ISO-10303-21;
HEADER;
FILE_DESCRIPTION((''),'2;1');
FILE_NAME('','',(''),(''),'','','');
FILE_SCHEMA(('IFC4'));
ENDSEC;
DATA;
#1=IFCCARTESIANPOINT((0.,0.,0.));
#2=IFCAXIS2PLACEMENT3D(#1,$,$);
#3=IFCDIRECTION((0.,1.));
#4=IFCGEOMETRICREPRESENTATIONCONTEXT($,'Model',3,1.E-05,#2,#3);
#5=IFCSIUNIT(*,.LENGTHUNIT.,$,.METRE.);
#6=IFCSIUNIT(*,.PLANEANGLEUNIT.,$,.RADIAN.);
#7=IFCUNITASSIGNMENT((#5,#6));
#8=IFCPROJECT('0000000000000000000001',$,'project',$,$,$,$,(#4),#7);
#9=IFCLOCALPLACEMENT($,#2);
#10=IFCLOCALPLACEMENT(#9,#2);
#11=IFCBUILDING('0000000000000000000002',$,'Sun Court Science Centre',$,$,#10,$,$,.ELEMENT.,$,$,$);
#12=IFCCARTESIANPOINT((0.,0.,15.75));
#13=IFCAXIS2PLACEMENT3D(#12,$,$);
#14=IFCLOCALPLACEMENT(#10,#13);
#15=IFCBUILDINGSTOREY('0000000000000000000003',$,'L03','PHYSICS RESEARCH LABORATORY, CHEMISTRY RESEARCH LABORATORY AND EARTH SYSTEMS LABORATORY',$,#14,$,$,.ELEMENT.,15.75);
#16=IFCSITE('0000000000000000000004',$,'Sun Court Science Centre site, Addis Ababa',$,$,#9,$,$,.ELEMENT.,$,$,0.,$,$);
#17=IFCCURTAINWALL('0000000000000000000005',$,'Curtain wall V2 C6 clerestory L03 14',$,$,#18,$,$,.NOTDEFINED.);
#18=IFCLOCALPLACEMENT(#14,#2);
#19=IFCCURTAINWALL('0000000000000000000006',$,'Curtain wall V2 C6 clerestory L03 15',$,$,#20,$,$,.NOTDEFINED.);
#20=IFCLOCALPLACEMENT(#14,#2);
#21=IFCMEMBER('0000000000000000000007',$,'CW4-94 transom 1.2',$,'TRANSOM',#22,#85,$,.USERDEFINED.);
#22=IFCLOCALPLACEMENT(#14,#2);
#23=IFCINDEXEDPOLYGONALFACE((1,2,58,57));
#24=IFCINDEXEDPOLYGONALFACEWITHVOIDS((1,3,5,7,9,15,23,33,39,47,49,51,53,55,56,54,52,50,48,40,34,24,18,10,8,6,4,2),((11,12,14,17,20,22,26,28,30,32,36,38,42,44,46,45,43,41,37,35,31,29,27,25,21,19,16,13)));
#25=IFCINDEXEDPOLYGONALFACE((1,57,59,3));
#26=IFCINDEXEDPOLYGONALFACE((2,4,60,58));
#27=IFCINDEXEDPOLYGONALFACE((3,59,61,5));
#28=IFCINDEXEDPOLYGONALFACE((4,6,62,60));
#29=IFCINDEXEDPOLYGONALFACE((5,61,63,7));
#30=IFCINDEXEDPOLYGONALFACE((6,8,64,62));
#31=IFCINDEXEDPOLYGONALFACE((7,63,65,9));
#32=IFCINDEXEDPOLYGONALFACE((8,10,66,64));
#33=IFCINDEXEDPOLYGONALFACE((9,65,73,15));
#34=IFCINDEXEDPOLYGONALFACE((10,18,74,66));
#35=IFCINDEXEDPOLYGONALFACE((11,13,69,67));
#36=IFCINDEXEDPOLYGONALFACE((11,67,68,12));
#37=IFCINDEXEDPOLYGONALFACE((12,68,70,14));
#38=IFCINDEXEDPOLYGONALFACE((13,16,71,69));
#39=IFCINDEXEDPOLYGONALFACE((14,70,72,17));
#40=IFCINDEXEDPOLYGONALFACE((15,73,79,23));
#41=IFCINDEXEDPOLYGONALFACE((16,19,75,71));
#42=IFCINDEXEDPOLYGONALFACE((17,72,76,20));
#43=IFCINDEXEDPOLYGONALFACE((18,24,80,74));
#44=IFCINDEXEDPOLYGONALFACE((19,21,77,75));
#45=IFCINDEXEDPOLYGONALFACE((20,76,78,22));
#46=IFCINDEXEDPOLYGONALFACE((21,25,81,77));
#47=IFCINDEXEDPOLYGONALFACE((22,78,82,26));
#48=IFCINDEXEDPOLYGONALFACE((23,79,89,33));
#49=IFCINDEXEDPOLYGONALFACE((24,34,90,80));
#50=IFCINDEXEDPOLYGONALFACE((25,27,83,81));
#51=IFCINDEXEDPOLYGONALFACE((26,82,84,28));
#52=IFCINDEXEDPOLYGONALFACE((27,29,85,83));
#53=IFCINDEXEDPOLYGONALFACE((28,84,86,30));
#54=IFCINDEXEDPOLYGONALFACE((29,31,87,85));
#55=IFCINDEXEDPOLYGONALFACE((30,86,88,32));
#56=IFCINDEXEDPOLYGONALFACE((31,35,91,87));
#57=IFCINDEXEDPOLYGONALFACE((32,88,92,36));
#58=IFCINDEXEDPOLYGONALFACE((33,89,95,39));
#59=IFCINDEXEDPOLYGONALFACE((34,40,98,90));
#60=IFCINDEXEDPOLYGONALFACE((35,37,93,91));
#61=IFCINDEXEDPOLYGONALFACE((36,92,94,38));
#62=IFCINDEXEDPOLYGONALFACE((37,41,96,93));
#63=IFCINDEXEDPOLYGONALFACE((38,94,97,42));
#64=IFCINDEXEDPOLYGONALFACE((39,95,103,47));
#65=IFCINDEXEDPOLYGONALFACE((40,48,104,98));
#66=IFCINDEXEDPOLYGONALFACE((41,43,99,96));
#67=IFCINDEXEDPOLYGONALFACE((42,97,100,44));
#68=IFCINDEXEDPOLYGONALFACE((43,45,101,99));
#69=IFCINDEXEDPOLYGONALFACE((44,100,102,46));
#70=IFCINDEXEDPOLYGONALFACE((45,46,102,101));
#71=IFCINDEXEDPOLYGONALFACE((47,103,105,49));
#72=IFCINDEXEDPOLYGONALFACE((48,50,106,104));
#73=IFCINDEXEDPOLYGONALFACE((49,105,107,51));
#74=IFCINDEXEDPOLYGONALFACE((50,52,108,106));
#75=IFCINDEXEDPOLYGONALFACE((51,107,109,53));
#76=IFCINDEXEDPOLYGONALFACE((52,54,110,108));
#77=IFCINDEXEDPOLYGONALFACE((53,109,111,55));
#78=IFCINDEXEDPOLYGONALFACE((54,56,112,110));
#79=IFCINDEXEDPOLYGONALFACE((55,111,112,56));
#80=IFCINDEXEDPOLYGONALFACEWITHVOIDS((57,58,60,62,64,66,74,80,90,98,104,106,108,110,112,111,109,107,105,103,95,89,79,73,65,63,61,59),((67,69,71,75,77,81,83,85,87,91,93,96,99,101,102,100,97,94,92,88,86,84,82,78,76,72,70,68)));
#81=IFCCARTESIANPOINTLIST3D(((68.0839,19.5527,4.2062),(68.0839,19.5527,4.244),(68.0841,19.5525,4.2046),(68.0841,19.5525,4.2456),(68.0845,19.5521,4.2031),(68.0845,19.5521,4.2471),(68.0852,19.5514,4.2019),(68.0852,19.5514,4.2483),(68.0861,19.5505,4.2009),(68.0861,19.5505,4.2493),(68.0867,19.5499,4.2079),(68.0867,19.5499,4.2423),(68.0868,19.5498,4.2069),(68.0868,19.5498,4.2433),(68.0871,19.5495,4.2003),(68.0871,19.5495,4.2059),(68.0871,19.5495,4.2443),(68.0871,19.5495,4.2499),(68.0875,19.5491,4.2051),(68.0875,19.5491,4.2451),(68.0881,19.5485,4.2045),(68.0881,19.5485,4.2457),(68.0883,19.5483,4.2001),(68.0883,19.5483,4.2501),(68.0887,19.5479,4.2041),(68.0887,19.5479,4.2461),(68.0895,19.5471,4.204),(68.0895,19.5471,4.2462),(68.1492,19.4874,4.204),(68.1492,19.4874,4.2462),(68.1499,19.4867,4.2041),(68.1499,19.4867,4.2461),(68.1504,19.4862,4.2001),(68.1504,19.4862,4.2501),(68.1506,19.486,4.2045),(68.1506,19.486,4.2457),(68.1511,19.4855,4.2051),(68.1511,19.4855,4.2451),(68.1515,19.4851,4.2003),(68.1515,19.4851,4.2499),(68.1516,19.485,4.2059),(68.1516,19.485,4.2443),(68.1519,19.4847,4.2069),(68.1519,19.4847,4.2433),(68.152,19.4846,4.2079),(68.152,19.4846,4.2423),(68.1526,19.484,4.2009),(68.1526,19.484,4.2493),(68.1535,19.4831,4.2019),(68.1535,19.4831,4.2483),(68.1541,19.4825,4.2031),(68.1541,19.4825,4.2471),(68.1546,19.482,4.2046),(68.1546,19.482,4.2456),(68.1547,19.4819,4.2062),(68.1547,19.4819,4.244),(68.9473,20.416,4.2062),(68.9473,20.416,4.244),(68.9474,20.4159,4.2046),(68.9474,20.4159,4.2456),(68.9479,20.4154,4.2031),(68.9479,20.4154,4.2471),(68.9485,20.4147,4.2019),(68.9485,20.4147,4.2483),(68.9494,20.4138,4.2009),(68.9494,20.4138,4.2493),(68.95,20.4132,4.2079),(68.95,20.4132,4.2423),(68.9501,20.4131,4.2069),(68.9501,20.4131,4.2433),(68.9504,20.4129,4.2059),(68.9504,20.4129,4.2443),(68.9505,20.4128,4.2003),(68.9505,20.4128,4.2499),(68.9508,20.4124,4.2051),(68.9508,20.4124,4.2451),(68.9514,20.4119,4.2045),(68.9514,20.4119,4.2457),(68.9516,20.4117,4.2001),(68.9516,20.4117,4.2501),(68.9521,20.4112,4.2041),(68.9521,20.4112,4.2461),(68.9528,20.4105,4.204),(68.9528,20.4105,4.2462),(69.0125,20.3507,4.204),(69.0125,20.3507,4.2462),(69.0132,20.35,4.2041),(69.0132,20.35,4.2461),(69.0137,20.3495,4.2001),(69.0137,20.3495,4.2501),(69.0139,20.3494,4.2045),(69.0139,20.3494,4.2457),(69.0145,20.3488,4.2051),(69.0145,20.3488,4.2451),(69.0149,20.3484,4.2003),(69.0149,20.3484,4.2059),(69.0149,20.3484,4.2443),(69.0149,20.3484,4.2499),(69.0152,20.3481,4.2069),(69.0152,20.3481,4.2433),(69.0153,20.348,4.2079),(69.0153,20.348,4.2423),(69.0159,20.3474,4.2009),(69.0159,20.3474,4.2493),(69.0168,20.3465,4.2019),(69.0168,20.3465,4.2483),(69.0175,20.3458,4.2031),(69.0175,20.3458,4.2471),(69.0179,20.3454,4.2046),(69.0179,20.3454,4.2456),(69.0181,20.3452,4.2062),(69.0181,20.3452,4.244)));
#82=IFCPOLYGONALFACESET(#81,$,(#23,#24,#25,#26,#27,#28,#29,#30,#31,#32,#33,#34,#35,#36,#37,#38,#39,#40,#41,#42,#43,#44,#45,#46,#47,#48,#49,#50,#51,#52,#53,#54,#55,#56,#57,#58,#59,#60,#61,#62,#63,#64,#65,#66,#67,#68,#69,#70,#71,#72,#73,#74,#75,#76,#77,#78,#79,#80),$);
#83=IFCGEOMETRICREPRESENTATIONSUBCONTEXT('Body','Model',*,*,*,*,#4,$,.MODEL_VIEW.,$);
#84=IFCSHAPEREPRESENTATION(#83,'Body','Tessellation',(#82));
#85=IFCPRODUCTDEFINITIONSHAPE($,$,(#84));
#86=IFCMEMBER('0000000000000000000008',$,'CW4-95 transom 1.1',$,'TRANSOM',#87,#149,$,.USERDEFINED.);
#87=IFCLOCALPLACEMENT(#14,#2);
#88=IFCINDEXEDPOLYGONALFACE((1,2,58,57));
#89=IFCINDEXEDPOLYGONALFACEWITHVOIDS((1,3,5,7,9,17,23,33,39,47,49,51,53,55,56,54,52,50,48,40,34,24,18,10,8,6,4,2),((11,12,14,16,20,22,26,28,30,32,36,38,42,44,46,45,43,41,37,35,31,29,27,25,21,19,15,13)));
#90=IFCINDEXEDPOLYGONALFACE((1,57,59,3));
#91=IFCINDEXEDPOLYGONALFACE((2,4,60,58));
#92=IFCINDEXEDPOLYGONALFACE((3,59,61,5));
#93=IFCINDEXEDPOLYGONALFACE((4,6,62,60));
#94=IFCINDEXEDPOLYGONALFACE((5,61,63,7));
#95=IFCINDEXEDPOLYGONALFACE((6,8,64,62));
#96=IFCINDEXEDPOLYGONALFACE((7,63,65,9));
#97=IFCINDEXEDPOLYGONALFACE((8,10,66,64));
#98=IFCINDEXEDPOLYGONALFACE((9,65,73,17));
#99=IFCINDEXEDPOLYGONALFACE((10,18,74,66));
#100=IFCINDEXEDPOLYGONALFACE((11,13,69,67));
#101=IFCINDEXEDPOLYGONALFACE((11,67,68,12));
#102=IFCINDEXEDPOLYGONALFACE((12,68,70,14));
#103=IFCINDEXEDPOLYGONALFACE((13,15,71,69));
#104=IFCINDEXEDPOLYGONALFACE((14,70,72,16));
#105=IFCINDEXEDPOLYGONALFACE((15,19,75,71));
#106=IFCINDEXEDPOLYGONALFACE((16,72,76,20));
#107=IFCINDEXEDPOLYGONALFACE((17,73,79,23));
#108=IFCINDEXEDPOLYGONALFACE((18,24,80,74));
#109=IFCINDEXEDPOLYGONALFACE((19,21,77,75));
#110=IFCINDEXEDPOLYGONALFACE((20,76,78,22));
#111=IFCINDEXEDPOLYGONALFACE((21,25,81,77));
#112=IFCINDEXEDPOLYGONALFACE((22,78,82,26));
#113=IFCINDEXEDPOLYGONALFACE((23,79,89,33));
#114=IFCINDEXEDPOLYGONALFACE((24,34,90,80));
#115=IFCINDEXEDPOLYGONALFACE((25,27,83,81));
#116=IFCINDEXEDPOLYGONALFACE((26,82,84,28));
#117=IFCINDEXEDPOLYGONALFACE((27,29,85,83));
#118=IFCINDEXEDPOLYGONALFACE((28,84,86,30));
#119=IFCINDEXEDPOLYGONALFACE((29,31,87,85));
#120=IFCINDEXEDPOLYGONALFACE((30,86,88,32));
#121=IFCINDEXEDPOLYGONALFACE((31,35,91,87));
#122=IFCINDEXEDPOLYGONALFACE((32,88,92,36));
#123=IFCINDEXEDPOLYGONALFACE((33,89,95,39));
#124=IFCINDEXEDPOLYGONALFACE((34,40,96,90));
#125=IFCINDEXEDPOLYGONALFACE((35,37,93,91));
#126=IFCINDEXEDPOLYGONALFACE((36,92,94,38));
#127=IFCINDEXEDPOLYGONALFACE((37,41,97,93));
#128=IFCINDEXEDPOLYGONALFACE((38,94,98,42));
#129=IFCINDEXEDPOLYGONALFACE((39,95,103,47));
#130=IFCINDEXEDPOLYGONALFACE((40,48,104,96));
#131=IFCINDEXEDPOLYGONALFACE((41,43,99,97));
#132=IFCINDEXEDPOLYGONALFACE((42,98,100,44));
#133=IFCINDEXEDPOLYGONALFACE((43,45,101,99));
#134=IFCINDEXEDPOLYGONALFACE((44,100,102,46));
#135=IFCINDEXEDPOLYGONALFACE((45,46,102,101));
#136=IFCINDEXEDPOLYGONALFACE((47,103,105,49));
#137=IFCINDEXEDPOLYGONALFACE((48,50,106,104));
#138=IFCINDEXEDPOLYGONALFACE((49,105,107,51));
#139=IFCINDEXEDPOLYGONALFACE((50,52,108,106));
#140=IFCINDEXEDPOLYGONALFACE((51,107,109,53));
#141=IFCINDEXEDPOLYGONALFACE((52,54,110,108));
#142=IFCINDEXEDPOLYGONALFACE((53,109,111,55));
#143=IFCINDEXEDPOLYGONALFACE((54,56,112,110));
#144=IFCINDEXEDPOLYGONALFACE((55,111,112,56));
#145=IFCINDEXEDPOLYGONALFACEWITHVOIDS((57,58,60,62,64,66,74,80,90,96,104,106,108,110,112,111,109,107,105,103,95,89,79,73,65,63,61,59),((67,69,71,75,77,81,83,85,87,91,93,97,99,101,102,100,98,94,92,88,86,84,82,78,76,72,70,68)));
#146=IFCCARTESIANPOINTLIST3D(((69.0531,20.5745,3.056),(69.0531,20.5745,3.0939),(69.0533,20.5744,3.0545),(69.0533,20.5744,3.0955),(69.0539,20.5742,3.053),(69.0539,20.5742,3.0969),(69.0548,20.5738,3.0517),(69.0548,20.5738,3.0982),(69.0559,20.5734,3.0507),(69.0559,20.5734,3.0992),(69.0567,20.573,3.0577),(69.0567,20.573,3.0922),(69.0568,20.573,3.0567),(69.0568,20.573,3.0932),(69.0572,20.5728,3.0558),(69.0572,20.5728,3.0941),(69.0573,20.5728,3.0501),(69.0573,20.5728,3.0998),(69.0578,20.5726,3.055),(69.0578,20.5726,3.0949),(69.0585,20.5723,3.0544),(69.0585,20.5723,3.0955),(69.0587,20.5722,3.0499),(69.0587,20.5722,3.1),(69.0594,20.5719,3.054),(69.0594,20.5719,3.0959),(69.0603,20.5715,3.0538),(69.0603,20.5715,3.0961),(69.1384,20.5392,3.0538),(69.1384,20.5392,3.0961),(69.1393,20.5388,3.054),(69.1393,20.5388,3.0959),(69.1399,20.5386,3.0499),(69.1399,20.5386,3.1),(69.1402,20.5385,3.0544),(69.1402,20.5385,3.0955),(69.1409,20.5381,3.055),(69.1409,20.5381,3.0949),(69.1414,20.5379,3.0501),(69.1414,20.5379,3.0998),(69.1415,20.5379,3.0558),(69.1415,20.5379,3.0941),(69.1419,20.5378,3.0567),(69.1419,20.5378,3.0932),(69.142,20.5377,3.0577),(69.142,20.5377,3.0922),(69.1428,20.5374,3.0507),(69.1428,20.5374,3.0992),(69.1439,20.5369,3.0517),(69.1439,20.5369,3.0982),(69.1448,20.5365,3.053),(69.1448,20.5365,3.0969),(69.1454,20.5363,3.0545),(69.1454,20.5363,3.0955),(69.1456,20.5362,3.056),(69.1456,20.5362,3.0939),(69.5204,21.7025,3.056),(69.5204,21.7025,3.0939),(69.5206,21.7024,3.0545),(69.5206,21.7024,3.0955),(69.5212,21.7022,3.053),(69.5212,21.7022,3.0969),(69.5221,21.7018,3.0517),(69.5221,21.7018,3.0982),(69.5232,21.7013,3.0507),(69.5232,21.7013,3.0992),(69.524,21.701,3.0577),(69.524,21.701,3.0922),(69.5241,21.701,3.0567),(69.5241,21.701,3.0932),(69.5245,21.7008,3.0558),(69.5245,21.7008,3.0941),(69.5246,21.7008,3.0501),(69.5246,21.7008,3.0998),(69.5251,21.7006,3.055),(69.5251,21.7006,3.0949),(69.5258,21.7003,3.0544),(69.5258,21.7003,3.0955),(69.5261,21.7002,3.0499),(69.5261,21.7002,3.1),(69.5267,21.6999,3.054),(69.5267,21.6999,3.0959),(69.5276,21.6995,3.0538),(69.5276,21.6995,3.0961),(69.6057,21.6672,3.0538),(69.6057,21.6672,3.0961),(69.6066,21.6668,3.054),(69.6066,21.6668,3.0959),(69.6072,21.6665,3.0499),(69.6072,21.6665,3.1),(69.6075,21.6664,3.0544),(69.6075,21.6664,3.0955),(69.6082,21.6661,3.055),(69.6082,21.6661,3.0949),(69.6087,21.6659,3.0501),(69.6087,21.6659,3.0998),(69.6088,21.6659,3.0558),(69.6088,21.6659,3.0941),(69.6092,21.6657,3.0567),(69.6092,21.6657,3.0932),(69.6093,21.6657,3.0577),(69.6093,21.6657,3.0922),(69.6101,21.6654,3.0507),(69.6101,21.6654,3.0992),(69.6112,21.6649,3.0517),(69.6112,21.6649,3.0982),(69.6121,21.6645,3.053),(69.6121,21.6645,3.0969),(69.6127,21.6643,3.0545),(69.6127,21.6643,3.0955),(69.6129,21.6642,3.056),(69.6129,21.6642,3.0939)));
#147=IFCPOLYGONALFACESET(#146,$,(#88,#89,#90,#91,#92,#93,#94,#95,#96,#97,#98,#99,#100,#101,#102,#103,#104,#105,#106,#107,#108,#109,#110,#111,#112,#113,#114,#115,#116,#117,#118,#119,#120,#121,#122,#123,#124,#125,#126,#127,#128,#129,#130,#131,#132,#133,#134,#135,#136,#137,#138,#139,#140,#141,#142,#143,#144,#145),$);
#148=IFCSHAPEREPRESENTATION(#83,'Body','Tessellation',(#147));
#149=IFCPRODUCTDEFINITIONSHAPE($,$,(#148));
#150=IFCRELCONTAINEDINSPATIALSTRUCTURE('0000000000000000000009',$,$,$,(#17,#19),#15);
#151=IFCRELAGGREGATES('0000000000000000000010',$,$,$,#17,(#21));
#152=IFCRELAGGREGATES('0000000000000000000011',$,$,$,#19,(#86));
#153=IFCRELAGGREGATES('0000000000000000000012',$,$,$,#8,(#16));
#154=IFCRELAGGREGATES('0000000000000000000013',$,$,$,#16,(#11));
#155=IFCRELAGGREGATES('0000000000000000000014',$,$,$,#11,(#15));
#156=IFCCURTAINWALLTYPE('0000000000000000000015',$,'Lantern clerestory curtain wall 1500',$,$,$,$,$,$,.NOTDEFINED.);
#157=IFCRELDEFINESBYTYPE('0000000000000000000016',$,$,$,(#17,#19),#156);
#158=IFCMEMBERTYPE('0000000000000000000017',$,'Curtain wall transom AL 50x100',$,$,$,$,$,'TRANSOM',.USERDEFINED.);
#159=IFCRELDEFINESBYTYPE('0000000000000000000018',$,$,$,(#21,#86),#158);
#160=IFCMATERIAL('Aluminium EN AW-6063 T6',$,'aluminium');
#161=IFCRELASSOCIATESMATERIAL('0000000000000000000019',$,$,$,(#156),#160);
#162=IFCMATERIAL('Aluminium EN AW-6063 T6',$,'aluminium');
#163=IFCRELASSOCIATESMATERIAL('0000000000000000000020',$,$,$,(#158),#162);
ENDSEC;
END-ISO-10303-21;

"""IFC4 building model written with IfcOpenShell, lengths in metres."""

from ifc_helpers import new_model, si_unit, direction, frame, origin, origin_2d, place, context, subcontext, project, spatial, hollow_rectangle, extrude, material, material_profile, profile_set, type_object, element, aggregate, save


model = new_model("IFC4")

# Units and contexts
model_context = context("Model", 3, precision=1e-05, world=origin(), true_north=direction((0.0, 1.0)))
body_context = subcontext(model_context, "Body", "Model", "MODEL_VIEW")
ifc_project = project(units=[si_unit("LENGTHUNIT", "METRE"), si_unit("PLANEANGLEUNIT", "RADIAN")], contexts=[model_context])

# Site, building, storey
site_placement = place(None, origin())
site = spatial("IfcSite", under=ifc_project, at=site_placement, Name="Sun Court Science Centre site, Addis Ababa", CompositionType="ELEMENT", RefElevation=0.0)
building_placement = place(site_placement, origin())
building = spatial("IfcBuilding", under=site, at=building_placement, Name="Sun Court Science Centre", CompositionType="ELEMENT")
storey_placement = place(building_placement, frame((0.0, 0.0, 15.75)))
storey = spatial("IfcBuildingStorey", under=building, at=storey_placement, Name="L03", Description="PHYSICS RESEARCH LABORATORY, CHEMISTRY RESEARCH LABORATORY AND EARTH SYSTEMS LABORATORY", CompositionType="ELEMENT", Elevation=15.75)

# Shared definitions
ifc_material_1 = material(Name="Aluminium EN AW-6063 T6", Category="aluminium")
curtain_wall_type_1 = type_object("IfcCurtainWallType", Name="Lantern clerestory curtain wall 1500", PredefinedType="NOTDEFINED", material=ifc_material_1)

# Curtain walls
curtain_wall_1_placement = place(storey_placement, origin())
curtain_wall_1 = element("IfcCurtainWall", 1, at=curtain_wall_1_placement, inside=storey, type_object=curtain_wall_type_1, Name="Curtain wall V2 C6 clerestory L03 14", PredefinedType="NOTDEFINED")
curtain_wall_2_placement = place(storey_placement, origin())
curtain_wall_2 = element("IfcCurtainWall", 2, at=curtain_wall_2_placement, inside=storey, type_object=curtain_wall_type_1, Name="Curtain wall V2 C6 clerestory L03 15", PredefinedType="NOTDEFINED")

# Members
ifc_material_2 = material(Name="Aluminium EN AW-6063 T6", Category="aluminium")
ifc_material_profile_1 = material_profile(ifc_material_2, hollow_rectangle(XDim=0.05, YDim=0.1001, WallThickness=0.0039, InnerFilletRadius=0.0039, OuterFilletRadius=0.0061, at=origin_2d()), Name="AL 50x100x4")
ifc_profile_set_1 = profile_set([ifc_material_profile_1], Name="Aluminium EN AW-6063 T6")
member_type_1 = type_object("IfcMemberType", Name="Curtain wall transom AL 50x100", ElementType="TRANSOM", PredefinedType="USERDEFINED", material=ifc_profile_set_1)
member_1_placement = place(storey_placement, frame((68.9827, 20.3806, 4.2251), z_axis=(-0.707107, -0.707107, 0.0), x_axis=(0.0, 0.0, 1.0)))
member_1 = element("IfcMember", 3, at=member_1_placement, type_object=member_type_1, Name="CW4-94 transom 1.2", ObjectType="TRANSOM", PredefinedType="USERDEFINED", context=body_context, shape_type="SweptSolid", body=[
    extrude(hollow_rectangle(XDim=0.05, YDim=0.1001, WallThickness=0.0039, InnerFilletRadius=0.0039, OuterFilletRadius=0.0061, at=origin_2d()), origin(), (0.0, 0.0, 1.0), 1.2209),
])
member_2_placement = place(storey_placement, frame((69.5667, 21.6833, 3.075), z_axis=(-0.38274, -0.923856, 0.0), x_axis=(0.0, 0.0, 1.0)))
member_2 = element("IfcMember", 4, at=member_2_placement, type_object=member_type_1, Name="CW4-95 transom 1.1", ObjectType="TRANSOM", PredefinedType="USERDEFINED", context=body_context, shape_type="SweptSolid", body=[
    extrude(hollow_rectangle(XDim=0.05, YDim=0.1001, WallThickness=0.0039, InnerFilletRadius=0.0039, OuterFilletRadius=0.0061, at=origin_2d()), origin(), (0.0, 0.0, 1.0), 1.2209),
])

aggregate(curtain_wall_1, [member_1])
aggregate(curtain_wall_2, [member_2])

save(model, "model.ifc")
